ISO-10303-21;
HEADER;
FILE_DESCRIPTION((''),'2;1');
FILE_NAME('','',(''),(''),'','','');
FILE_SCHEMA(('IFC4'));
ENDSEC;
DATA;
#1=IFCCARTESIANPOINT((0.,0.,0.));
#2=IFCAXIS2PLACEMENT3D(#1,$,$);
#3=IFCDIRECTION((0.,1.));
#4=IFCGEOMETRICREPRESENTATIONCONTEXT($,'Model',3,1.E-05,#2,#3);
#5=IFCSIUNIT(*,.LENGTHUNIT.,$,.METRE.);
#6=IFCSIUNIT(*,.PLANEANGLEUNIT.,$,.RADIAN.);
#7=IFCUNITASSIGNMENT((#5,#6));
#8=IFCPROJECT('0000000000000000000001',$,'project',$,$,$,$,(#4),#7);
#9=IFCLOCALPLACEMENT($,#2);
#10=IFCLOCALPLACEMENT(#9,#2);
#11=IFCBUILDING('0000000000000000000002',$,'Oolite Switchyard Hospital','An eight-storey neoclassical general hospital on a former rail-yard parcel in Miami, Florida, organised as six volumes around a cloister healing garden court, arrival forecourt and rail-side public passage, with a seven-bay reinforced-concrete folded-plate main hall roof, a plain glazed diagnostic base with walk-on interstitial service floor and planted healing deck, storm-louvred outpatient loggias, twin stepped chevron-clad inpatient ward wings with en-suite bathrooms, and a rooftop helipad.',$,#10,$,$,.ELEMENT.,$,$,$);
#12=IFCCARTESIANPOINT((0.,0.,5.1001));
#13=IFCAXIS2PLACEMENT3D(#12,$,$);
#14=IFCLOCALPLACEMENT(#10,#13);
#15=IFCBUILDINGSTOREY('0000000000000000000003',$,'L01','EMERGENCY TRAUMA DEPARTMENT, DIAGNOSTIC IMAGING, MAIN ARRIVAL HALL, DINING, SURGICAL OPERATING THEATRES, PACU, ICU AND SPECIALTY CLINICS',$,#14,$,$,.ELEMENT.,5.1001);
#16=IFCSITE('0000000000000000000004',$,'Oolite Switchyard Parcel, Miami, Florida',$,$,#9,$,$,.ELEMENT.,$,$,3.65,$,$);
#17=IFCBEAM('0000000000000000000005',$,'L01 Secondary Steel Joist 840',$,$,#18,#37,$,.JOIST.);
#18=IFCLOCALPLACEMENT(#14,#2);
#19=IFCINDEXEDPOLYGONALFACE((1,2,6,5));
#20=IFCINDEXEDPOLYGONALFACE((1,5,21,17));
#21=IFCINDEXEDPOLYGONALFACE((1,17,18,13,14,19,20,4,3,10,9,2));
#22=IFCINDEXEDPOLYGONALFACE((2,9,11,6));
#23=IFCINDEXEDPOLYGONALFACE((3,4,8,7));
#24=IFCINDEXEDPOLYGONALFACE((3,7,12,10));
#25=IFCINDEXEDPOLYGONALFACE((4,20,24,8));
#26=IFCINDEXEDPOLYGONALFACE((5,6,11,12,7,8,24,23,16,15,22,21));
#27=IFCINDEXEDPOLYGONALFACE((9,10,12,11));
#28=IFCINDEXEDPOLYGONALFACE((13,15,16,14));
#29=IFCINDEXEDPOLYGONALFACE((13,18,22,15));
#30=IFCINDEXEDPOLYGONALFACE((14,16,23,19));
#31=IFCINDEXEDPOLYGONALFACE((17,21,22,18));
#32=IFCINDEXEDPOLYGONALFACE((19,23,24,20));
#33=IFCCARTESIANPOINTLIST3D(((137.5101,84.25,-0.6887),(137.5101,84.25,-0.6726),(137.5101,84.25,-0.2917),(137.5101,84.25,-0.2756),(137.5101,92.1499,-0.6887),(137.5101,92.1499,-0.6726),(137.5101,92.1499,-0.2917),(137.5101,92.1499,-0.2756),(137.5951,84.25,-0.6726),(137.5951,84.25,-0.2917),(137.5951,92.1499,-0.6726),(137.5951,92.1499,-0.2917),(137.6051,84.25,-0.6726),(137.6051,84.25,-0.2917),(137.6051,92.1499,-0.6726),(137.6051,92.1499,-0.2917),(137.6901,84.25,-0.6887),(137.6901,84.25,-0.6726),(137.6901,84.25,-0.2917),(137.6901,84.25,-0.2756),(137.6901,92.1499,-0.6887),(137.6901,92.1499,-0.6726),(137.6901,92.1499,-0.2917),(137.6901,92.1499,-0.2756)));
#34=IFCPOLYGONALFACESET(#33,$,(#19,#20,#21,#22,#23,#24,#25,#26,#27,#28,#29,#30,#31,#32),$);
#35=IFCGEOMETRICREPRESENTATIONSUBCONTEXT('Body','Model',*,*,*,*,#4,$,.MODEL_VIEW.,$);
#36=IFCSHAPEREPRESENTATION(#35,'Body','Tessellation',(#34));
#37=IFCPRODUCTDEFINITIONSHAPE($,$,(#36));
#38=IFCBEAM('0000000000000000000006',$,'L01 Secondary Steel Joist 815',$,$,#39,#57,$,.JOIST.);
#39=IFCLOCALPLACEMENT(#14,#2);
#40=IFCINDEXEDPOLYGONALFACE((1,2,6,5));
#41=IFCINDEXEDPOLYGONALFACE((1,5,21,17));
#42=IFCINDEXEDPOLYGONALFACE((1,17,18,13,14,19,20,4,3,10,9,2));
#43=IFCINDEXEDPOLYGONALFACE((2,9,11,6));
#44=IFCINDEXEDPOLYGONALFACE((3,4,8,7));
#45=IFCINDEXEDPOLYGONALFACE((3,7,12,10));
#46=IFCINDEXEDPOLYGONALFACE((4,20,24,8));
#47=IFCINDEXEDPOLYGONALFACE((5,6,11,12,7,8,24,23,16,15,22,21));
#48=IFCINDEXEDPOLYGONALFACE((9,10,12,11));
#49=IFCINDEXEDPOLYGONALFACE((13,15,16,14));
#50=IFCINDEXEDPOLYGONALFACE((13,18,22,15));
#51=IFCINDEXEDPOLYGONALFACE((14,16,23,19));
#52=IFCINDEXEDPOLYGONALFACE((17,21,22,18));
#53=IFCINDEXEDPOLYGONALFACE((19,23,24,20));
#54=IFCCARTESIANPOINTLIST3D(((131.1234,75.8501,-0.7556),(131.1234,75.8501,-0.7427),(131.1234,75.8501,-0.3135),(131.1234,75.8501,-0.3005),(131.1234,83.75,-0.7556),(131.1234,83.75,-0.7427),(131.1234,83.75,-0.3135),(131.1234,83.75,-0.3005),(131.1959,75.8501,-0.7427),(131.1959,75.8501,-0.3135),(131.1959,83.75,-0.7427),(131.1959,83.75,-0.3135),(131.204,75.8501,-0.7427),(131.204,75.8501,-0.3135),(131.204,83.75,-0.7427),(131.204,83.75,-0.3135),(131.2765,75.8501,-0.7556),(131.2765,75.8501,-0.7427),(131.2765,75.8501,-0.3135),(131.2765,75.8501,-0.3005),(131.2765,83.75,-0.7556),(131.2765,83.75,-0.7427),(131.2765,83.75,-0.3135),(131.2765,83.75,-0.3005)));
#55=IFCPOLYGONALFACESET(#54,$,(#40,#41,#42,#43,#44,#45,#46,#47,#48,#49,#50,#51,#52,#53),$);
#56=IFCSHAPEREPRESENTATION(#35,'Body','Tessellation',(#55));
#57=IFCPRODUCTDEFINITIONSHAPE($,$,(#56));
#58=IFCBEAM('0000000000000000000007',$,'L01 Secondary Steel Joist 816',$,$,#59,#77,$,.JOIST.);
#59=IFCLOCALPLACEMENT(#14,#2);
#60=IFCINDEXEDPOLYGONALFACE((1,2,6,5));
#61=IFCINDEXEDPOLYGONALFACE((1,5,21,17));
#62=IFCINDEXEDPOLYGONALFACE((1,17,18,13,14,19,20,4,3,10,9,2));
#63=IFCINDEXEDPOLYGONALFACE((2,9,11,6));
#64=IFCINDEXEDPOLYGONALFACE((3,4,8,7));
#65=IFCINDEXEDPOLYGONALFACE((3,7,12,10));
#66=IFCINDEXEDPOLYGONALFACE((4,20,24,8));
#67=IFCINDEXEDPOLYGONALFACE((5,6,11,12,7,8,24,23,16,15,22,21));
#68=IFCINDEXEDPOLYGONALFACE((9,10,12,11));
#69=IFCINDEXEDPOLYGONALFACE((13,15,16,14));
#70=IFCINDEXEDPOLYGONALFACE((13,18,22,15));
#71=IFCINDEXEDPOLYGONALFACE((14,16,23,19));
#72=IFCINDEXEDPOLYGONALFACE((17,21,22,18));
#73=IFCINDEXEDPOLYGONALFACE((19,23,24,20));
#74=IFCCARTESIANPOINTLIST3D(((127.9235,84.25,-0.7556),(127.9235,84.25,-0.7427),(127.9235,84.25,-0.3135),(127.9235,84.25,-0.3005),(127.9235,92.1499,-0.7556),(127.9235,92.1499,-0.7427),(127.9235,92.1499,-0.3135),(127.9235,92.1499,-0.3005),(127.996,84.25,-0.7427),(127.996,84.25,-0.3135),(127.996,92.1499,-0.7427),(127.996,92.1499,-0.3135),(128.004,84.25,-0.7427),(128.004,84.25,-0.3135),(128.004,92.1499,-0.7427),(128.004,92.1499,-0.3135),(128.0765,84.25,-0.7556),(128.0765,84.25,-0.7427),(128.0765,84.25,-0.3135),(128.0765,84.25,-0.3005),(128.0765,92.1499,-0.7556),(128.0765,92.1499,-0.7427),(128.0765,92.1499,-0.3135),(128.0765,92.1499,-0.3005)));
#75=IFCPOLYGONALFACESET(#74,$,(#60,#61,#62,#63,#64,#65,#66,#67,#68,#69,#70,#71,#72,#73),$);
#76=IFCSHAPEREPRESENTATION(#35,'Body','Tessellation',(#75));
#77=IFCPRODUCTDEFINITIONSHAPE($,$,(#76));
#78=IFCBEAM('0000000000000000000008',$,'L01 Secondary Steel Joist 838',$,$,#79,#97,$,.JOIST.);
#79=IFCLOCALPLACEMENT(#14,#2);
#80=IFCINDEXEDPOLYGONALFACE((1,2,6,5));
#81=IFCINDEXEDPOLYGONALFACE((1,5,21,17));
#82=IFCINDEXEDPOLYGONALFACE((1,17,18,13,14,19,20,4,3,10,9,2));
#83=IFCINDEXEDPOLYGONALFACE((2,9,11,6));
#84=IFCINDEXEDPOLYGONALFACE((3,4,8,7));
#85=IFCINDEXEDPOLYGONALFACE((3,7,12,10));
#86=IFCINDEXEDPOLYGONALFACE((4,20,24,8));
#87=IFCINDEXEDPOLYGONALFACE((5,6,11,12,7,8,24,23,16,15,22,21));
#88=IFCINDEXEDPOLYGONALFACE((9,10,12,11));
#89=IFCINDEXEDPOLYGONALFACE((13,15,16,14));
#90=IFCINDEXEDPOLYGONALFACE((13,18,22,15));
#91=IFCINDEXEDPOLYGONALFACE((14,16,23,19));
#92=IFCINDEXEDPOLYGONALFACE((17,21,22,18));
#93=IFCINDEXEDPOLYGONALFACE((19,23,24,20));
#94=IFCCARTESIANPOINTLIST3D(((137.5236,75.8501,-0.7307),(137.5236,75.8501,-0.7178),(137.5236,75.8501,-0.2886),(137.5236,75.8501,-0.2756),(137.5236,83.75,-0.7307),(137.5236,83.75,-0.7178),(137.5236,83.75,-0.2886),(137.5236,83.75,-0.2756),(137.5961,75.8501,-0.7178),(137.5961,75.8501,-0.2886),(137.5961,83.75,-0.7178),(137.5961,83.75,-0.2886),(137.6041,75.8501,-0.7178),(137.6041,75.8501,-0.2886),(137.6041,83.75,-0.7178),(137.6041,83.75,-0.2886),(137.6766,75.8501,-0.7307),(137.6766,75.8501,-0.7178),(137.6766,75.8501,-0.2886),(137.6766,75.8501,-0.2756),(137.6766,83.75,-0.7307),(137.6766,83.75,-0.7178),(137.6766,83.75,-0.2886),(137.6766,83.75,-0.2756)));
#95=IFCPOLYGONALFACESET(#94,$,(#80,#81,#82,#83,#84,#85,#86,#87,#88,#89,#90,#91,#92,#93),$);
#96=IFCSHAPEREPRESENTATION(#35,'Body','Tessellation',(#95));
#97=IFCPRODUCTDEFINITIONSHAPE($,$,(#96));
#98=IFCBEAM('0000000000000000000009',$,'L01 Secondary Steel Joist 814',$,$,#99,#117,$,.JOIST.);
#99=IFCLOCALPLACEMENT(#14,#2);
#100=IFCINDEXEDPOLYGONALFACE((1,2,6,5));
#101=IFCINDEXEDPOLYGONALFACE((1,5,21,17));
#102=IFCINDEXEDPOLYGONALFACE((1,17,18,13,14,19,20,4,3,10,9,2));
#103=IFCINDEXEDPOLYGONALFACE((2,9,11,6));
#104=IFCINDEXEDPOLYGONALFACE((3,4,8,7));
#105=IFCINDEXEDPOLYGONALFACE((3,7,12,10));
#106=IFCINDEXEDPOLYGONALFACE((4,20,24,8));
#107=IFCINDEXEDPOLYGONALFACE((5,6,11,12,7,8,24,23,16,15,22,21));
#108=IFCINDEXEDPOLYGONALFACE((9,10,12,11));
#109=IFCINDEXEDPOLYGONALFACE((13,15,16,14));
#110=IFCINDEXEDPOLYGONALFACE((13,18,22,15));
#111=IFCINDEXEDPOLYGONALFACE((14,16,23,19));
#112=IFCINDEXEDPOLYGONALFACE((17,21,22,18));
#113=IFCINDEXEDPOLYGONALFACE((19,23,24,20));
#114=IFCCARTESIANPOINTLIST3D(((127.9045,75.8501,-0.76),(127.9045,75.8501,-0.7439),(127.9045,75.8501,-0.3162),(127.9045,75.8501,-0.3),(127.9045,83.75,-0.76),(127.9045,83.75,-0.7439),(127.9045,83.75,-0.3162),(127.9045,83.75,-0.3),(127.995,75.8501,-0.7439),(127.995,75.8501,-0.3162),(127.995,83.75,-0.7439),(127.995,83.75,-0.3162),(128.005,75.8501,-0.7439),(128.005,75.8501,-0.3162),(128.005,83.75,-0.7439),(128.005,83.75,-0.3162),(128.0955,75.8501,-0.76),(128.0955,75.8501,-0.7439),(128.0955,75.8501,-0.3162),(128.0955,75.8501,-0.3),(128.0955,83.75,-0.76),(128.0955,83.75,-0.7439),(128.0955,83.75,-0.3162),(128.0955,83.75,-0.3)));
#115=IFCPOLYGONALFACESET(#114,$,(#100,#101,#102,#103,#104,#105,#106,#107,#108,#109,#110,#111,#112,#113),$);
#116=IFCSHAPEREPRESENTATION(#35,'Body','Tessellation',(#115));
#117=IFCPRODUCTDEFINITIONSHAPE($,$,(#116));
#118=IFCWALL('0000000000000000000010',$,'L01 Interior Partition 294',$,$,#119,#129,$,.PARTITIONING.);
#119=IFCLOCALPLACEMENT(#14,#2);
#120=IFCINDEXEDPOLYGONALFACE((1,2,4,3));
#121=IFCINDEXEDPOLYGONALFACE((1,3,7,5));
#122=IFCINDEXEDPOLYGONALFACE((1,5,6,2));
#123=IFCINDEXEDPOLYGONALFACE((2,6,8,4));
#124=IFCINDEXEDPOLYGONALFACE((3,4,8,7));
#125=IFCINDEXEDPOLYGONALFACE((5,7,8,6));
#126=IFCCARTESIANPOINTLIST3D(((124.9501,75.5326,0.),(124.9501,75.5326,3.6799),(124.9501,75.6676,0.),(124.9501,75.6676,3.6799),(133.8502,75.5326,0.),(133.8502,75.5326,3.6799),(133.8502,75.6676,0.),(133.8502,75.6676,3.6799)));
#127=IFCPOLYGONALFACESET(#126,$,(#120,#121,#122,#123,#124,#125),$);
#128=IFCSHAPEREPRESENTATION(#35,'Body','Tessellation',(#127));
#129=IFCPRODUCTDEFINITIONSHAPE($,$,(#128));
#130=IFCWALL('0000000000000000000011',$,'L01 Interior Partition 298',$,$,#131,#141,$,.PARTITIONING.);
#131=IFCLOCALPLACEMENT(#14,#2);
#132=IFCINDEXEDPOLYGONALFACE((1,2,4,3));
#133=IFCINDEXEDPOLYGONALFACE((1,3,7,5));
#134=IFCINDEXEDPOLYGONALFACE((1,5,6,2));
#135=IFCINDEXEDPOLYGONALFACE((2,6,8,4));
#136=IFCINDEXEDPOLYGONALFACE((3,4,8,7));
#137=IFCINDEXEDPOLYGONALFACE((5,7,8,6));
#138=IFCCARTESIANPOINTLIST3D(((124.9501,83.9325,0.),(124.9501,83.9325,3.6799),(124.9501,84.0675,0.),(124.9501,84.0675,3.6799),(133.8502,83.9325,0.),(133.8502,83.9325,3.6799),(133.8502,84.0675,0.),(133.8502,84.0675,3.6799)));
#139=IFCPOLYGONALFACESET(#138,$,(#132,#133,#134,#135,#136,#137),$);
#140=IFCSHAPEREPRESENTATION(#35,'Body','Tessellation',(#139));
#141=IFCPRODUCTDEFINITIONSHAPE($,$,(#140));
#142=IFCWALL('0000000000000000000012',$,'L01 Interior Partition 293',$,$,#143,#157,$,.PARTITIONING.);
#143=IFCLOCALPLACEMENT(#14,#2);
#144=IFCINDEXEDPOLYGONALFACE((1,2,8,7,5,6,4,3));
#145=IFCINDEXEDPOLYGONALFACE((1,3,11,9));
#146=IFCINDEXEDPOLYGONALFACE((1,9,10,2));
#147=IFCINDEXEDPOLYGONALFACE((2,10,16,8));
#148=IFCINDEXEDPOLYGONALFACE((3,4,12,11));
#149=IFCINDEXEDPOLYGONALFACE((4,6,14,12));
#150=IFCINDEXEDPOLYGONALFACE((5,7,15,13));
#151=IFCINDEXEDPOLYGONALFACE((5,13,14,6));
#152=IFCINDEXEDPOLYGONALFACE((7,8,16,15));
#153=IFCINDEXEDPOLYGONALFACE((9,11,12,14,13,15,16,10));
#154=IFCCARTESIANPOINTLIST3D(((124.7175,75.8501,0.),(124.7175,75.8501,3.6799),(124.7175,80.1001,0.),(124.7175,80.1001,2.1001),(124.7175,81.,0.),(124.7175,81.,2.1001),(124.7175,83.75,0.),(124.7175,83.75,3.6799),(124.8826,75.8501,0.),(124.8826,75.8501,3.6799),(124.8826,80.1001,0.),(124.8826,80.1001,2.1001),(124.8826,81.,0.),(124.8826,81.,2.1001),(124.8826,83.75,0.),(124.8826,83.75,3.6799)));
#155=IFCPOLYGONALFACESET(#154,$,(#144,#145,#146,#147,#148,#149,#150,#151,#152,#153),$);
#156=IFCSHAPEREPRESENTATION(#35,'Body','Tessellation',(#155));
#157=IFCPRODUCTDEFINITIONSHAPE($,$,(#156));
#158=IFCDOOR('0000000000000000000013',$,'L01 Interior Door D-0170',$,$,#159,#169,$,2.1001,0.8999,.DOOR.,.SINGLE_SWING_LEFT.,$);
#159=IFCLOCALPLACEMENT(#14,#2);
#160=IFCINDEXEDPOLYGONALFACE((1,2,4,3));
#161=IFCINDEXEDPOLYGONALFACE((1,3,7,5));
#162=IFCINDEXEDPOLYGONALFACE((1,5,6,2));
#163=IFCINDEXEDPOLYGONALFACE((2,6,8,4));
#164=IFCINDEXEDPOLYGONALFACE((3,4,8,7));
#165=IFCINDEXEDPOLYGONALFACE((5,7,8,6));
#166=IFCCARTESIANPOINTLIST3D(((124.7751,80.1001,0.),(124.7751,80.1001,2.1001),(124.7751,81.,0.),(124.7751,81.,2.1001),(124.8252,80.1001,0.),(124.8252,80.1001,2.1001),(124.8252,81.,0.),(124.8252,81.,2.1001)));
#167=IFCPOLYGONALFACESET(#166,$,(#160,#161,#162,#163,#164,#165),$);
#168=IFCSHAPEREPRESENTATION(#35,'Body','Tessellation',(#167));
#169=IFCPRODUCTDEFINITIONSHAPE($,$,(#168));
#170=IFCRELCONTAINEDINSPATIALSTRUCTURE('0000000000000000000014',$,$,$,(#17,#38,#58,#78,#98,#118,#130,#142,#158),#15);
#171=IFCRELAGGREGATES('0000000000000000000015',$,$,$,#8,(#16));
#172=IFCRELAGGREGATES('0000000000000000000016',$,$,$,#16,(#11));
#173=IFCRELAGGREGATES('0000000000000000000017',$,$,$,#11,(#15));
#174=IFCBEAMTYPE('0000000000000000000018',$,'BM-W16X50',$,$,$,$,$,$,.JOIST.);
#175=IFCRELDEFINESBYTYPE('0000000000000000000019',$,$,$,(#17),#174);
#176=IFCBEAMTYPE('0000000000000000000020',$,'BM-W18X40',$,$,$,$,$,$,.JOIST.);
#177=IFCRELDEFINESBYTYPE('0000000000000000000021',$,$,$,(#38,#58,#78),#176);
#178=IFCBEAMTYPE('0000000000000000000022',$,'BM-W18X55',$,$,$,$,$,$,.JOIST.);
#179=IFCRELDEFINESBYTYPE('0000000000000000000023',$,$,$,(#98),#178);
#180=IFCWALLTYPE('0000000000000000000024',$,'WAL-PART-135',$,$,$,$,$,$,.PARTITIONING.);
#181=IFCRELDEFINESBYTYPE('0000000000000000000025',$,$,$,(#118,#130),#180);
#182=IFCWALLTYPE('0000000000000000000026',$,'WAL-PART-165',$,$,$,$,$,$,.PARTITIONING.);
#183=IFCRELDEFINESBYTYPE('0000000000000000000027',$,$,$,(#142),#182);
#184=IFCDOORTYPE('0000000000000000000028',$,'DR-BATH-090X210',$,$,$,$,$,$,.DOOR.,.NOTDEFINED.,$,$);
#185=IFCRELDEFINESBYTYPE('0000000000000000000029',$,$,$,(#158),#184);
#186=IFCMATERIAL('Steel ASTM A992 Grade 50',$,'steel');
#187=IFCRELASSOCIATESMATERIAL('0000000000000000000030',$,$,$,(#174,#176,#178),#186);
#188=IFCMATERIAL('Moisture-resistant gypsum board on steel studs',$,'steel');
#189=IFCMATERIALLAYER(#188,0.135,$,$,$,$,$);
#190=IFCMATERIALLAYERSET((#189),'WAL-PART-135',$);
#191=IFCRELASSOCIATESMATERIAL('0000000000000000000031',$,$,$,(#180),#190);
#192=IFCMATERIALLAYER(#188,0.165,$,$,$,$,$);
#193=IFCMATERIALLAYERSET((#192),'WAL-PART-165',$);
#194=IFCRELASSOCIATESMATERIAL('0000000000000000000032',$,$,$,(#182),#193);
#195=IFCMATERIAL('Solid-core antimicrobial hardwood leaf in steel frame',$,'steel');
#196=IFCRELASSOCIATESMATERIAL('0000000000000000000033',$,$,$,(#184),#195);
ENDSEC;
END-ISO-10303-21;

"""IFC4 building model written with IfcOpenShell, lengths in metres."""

from ifc_helpers import new_model, si_unit, direction, frame, frame_2d, origin, origin_2d, place, context, subcontext, project, spatial, rectangle, i_section, extrude, material, layer, layer_set, material_profile, profile_set, type_object, element, fill, save


model = new_model("IFC4")

# Units and contexts
model_context = context("Model", 3, precision=1e-05, world=origin(), true_north=direction((0.0, 1.0)))
body_context = subcontext(model_context, "Body", "Model", "MODEL_VIEW")
ifc_project = project(units=[si_unit("LENGTHUNIT", "METRE"), si_unit("PLANEANGLEUNIT", "RADIAN")], contexts=[model_context])

# Site, building, storey
site_placement = place(None, origin())
site = spatial("IfcSite", under=ifc_project, at=site_placement, Name="Oolite Switchyard Parcel, Miami, Florida", CompositionType="ELEMENT", RefElevation=3.65)
building_placement = place(site_placement, origin())
building = spatial("IfcBuilding", under=site, at=building_placement, Name="Oolite Switchyard Hospital", Description="An eight-storey neoclassical general hospital on a former rail-yard parcel in Miami, Florida, organised as six volumes around a cloister healing garden court, arrival forecourt and rail-side public passage, with a seven-bay reinforced-concrete folded-plate main hall roof, a plain glazed diagnostic base with walk-on interstitial service floor and planted healing deck, storm-louvred outpatient loggias, twin stepped chevron-clad inpatient ward wings with en-suite bathrooms, and a rooftop helipad.", CompositionType="ELEMENT")
storey_placement = place(building_placement, frame((0.0, 0.0, 5.1001)))
storey = spatial("IfcBuildingStorey", under=building, at=storey_placement, Name="L01", Description="EMERGENCY TRAUMA DEPARTMENT, DIAGNOSTIC IMAGING, MAIN ARRIVAL HALL, DINING, SURGICAL OPERATING THEATRES, PACU, ICU AND SPECIALTY CLINICS", CompositionType="ELEMENT", Elevation=5.1001)

# Beams
ifc_material_1 = material(Name="Steel ASTM A992 Grade 50", Category="steel")
ifc_material_profile_1 = material_profile(ifc_material_1, i_section(OverallWidth=0.1799, OverallDepth=0.4131, WebThickness=0.01, FlangeThickness=0.0161, at=origin_2d()), Name="W16X50")
ifc_profile_set_1 = profile_set([ifc_material_profile_1], Name="Steel ASTM A992 Grade 50")
beam_type_1 = type_object("IfcBeamType", Name="BM-W16X50", PredefinedType="JOIST", material=ifc_profile_set_1)
for number, where, z_axis, x_axis, name in (
    (1, (137.6001, 84.25, -0.4822), (0.0, 1.0, 0.0), (-1.0, 0.0, 0.0), "L01 Secondary Steel Joist 840"),
):
    element("IfcBeam", number, at=place(storey_placement, frame(where, z_axis=z_axis, x_axis=x_axis)), inside=storey, type_object=beam_type_1, Name=name, PredefinedType="JOIST", context=body_context, shape_type="SweptSolid", body=[
        extrude(i_section(OverallWidth=0.1799, OverallDepth=0.4131, WebThickness=0.01, FlangeThickness=0.0161, at=origin_2d()), origin(), (0.0, 0.0, 1.0), 7.8999),
    ])
ifc_material_profile_2 = material_profile(ifc_material_1, i_section(OverallWidth=0.1531, OverallDepth=0.4551, WebThickness=0.0081, FlangeThickness=0.0129, at=origin_2d()), Name="W18X40")
ifc_profile_set_2 = profile_set([ifc_material_profile_2], Name="Steel ASTM A992 Grade 50")
beam_type_2 = type_object("IfcBeamType", Name="BM-W18X40", PredefinedType="JOIST", material=ifc_profile_set_2)
for number, where, z_axis, x_axis, name in (
    (2, (131.2, 75.8501, -0.5281), (0.0, 1.0, 0.0), (-1.0, 0.0, 0.0), "L01 Secondary Steel Joist 815"),
    (3, (128.0, 84.25, -0.5281), (0.0, 1.0, 0.0), (-1.0, 0.0, 0.0), "L01 Secondary Steel Joist 816"),
    (4, (137.6001, 75.8501, -0.5032), (0.0, 1.0, 0.0), (-1.0, 0.0, 0.0), "L01 Secondary Steel Joist 838"),
):
    element("IfcBeam", number, at=place(storey_placement, frame(where, z_axis=z_axis, x_axis=x_axis)), inside=storey, type_object=beam_type_2, Name=name, PredefinedType="JOIST", context=body_context, shape_type="SweptSolid", body=[
        extrude(i_section(OverallWidth=0.1531, OverallDepth=0.4551, WebThickness=0.0081, FlangeThickness=0.0129, at=origin_2d()), origin(), (0.0, 0.0, 1.0), 7.8999),
    ])
ifc_material_profile_3 = material_profile(ifc_material_1, i_section(OverallWidth=0.1909, OverallDepth=0.46, WebThickness=0.01, FlangeThickness=0.0161, at=origin_2d()), Name="W18X55")
ifc_profile_set_3 = profile_set([ifc_material_profile_3], Name="Steel ASTM A992 Grade 50")
beam_type_3 = type_object("IfcBeamType", Name="BM-W18X55", PredefinedType="JOIST", material=ifc_profile_set_3)
beam_1_placement = place(storey_placement, frame((128.0, 75.8501, -0.53), z_axis=(0.0, 1.0, 0.0), x_axis=(-1.0, 0.0, 0.0)))
element("IfcBeam", 5, at=beam_1_placement, inside=storey, type_object=beam_type_3, Name="L01 Secondary Steel Joist 814", PredefinedType="JOIST", context=body_context, shape_type="SweptSolid", body=[
    extrude(i_section(OverallWidth=0.1909, OverallDepth=0.46, WebThickness=0.01, FlangeThickness=0.0161, at=origin_2d()), origin(), (0.0, 0.0, 1.0), 7.8999),
])

# Walls
ifc_material_2 = material(Name="Moisture-resistant gypsum board on steel studs", Category="steel")
ifc_layer_1 = layer(ifc_material_2, 0.135)
ifc_layer_set_1 = layer_set([ifc_layer_1], Name="WAL-PART-135")
wall_type_1 = type_object("IfcWallType", Name="WAL-PART-135", PredefinedType="PARTITIONING", material=ifc_layer_set_1)
for number, where, z_axis, x_axis, name in (
    (6, (124.95, 75.6001, 0.0), (0.0, 0.0, 1.0), (1.0, 0.0, 0.0), "L01 Interior Partition 294"),
    (7, (124.95, 84.0, 0.0), (0.0, 0.0, 1.0), (1.0, 0.0, 0.0), "L01 Interior Partition 298"),
):
    element("IfcWall", number, at=place(storey_placement, frame(where, z_axis=z_axis, x_axis=x_axis)), inside=storey, type_object=wall_type_1, Name=name, PredefinedType="PARTITIONING", context=body_context, shape_type="SweptSolid", body=[
        extrude(rectangle(XDim=8.9001, YDim=0.135, at=frame_2d((4.4502, 0.0))), origin(), (0.0, 0.0, 1.0), 3.6799),
    ])

# Wall, opening, door
ifc_layer_2 = layer(ifc_material_2, 0.165)
ifc_layer_set_2 = layer_set([ifc_layer_2], Name="WAL-PART-165")
wall_type_2 = type_object("IfcWallType", Name="WAL-PART-165", PredefinedType="PARTITIONING", material=ifc_layer_set_2)
wall_1_placement = place(storey_placement, frame((124.8, 75.8501, 0.0), z_axis=(0.0, 0.0, 1.0), x_axis=(0.0, 1.0, 0.0)))
wall_1 = element("IfcWall", 8, at=wall_1_placement, inside=storey, type_object=wall_type_2, Name="L01 Interior Partition 293", PredefinedType="PARTITIONING", context=body_context, shape_type="SweptSolid", body=[
    extrude(rectangle(XDim=7.8999, YDim=0.165, at=frame_2d((3.95, 0.0))), origin(), (0.0, 0.0, 1.0), 3.6799),
])
opening_1_placement = place(wall_1_placement, frame((4.25, 0.0, 0.0)))
opening_1 = element("IfcOpeningElement", 9, at=opening_1_placement, cuts=wall_1, PredefinedType="OPENING", context=body_context, shape_type="SweptSolid", body=[
    extrude(rectangle(XDim=0.8999, YDim=2.1001, at=frame_2d((0.45, 1.05))), frame((0.0, 0.0925, 0.0), z_axis=(0.0, -1.0, 0.0), x_axis=(1.0, 0.0, 0.0)), (0.0, 0.0, 1.0), 0.1851),
])
ifc_material_3 = material(Name="Solid-core antimicrobial hardwood leaf in steel frame", Category="steel")
door_type_1 = type_object("IfcDoorType", Name="DR-BATH-090X210", OperationType="NOTDEFINED", PredefinedType="DOOR", material=ifc_material_3)
door_1_placement = place(opening_1_placement, origin())
door_1 = element("IfcDoor", 10, at=door_1_placement, inside=storey, type_object=door_type_1, Name="L01 Interior Door D-0170", OperationType="SINGLE_SWING_LEFT", OverallHeight=2.1001, OverallWidth=0.8999, PredefinedType="DOOR", context=body_context, shape_type="SweptSolid", body=[
    extrude(rectangle(XDim=0.8999, YDim=2.1001, at=frame_2d((0.45, 1.05))), frame((0.0, 0.0249, 0.0), z_axis=(0.0, -1.0, 0.0), x_axis=(1.0, 0.0, 0.0)), (0.0, 0.0, 1.0), 0.05),
])
fill(opening_1, door_1)

save(model, "model.ifc")
